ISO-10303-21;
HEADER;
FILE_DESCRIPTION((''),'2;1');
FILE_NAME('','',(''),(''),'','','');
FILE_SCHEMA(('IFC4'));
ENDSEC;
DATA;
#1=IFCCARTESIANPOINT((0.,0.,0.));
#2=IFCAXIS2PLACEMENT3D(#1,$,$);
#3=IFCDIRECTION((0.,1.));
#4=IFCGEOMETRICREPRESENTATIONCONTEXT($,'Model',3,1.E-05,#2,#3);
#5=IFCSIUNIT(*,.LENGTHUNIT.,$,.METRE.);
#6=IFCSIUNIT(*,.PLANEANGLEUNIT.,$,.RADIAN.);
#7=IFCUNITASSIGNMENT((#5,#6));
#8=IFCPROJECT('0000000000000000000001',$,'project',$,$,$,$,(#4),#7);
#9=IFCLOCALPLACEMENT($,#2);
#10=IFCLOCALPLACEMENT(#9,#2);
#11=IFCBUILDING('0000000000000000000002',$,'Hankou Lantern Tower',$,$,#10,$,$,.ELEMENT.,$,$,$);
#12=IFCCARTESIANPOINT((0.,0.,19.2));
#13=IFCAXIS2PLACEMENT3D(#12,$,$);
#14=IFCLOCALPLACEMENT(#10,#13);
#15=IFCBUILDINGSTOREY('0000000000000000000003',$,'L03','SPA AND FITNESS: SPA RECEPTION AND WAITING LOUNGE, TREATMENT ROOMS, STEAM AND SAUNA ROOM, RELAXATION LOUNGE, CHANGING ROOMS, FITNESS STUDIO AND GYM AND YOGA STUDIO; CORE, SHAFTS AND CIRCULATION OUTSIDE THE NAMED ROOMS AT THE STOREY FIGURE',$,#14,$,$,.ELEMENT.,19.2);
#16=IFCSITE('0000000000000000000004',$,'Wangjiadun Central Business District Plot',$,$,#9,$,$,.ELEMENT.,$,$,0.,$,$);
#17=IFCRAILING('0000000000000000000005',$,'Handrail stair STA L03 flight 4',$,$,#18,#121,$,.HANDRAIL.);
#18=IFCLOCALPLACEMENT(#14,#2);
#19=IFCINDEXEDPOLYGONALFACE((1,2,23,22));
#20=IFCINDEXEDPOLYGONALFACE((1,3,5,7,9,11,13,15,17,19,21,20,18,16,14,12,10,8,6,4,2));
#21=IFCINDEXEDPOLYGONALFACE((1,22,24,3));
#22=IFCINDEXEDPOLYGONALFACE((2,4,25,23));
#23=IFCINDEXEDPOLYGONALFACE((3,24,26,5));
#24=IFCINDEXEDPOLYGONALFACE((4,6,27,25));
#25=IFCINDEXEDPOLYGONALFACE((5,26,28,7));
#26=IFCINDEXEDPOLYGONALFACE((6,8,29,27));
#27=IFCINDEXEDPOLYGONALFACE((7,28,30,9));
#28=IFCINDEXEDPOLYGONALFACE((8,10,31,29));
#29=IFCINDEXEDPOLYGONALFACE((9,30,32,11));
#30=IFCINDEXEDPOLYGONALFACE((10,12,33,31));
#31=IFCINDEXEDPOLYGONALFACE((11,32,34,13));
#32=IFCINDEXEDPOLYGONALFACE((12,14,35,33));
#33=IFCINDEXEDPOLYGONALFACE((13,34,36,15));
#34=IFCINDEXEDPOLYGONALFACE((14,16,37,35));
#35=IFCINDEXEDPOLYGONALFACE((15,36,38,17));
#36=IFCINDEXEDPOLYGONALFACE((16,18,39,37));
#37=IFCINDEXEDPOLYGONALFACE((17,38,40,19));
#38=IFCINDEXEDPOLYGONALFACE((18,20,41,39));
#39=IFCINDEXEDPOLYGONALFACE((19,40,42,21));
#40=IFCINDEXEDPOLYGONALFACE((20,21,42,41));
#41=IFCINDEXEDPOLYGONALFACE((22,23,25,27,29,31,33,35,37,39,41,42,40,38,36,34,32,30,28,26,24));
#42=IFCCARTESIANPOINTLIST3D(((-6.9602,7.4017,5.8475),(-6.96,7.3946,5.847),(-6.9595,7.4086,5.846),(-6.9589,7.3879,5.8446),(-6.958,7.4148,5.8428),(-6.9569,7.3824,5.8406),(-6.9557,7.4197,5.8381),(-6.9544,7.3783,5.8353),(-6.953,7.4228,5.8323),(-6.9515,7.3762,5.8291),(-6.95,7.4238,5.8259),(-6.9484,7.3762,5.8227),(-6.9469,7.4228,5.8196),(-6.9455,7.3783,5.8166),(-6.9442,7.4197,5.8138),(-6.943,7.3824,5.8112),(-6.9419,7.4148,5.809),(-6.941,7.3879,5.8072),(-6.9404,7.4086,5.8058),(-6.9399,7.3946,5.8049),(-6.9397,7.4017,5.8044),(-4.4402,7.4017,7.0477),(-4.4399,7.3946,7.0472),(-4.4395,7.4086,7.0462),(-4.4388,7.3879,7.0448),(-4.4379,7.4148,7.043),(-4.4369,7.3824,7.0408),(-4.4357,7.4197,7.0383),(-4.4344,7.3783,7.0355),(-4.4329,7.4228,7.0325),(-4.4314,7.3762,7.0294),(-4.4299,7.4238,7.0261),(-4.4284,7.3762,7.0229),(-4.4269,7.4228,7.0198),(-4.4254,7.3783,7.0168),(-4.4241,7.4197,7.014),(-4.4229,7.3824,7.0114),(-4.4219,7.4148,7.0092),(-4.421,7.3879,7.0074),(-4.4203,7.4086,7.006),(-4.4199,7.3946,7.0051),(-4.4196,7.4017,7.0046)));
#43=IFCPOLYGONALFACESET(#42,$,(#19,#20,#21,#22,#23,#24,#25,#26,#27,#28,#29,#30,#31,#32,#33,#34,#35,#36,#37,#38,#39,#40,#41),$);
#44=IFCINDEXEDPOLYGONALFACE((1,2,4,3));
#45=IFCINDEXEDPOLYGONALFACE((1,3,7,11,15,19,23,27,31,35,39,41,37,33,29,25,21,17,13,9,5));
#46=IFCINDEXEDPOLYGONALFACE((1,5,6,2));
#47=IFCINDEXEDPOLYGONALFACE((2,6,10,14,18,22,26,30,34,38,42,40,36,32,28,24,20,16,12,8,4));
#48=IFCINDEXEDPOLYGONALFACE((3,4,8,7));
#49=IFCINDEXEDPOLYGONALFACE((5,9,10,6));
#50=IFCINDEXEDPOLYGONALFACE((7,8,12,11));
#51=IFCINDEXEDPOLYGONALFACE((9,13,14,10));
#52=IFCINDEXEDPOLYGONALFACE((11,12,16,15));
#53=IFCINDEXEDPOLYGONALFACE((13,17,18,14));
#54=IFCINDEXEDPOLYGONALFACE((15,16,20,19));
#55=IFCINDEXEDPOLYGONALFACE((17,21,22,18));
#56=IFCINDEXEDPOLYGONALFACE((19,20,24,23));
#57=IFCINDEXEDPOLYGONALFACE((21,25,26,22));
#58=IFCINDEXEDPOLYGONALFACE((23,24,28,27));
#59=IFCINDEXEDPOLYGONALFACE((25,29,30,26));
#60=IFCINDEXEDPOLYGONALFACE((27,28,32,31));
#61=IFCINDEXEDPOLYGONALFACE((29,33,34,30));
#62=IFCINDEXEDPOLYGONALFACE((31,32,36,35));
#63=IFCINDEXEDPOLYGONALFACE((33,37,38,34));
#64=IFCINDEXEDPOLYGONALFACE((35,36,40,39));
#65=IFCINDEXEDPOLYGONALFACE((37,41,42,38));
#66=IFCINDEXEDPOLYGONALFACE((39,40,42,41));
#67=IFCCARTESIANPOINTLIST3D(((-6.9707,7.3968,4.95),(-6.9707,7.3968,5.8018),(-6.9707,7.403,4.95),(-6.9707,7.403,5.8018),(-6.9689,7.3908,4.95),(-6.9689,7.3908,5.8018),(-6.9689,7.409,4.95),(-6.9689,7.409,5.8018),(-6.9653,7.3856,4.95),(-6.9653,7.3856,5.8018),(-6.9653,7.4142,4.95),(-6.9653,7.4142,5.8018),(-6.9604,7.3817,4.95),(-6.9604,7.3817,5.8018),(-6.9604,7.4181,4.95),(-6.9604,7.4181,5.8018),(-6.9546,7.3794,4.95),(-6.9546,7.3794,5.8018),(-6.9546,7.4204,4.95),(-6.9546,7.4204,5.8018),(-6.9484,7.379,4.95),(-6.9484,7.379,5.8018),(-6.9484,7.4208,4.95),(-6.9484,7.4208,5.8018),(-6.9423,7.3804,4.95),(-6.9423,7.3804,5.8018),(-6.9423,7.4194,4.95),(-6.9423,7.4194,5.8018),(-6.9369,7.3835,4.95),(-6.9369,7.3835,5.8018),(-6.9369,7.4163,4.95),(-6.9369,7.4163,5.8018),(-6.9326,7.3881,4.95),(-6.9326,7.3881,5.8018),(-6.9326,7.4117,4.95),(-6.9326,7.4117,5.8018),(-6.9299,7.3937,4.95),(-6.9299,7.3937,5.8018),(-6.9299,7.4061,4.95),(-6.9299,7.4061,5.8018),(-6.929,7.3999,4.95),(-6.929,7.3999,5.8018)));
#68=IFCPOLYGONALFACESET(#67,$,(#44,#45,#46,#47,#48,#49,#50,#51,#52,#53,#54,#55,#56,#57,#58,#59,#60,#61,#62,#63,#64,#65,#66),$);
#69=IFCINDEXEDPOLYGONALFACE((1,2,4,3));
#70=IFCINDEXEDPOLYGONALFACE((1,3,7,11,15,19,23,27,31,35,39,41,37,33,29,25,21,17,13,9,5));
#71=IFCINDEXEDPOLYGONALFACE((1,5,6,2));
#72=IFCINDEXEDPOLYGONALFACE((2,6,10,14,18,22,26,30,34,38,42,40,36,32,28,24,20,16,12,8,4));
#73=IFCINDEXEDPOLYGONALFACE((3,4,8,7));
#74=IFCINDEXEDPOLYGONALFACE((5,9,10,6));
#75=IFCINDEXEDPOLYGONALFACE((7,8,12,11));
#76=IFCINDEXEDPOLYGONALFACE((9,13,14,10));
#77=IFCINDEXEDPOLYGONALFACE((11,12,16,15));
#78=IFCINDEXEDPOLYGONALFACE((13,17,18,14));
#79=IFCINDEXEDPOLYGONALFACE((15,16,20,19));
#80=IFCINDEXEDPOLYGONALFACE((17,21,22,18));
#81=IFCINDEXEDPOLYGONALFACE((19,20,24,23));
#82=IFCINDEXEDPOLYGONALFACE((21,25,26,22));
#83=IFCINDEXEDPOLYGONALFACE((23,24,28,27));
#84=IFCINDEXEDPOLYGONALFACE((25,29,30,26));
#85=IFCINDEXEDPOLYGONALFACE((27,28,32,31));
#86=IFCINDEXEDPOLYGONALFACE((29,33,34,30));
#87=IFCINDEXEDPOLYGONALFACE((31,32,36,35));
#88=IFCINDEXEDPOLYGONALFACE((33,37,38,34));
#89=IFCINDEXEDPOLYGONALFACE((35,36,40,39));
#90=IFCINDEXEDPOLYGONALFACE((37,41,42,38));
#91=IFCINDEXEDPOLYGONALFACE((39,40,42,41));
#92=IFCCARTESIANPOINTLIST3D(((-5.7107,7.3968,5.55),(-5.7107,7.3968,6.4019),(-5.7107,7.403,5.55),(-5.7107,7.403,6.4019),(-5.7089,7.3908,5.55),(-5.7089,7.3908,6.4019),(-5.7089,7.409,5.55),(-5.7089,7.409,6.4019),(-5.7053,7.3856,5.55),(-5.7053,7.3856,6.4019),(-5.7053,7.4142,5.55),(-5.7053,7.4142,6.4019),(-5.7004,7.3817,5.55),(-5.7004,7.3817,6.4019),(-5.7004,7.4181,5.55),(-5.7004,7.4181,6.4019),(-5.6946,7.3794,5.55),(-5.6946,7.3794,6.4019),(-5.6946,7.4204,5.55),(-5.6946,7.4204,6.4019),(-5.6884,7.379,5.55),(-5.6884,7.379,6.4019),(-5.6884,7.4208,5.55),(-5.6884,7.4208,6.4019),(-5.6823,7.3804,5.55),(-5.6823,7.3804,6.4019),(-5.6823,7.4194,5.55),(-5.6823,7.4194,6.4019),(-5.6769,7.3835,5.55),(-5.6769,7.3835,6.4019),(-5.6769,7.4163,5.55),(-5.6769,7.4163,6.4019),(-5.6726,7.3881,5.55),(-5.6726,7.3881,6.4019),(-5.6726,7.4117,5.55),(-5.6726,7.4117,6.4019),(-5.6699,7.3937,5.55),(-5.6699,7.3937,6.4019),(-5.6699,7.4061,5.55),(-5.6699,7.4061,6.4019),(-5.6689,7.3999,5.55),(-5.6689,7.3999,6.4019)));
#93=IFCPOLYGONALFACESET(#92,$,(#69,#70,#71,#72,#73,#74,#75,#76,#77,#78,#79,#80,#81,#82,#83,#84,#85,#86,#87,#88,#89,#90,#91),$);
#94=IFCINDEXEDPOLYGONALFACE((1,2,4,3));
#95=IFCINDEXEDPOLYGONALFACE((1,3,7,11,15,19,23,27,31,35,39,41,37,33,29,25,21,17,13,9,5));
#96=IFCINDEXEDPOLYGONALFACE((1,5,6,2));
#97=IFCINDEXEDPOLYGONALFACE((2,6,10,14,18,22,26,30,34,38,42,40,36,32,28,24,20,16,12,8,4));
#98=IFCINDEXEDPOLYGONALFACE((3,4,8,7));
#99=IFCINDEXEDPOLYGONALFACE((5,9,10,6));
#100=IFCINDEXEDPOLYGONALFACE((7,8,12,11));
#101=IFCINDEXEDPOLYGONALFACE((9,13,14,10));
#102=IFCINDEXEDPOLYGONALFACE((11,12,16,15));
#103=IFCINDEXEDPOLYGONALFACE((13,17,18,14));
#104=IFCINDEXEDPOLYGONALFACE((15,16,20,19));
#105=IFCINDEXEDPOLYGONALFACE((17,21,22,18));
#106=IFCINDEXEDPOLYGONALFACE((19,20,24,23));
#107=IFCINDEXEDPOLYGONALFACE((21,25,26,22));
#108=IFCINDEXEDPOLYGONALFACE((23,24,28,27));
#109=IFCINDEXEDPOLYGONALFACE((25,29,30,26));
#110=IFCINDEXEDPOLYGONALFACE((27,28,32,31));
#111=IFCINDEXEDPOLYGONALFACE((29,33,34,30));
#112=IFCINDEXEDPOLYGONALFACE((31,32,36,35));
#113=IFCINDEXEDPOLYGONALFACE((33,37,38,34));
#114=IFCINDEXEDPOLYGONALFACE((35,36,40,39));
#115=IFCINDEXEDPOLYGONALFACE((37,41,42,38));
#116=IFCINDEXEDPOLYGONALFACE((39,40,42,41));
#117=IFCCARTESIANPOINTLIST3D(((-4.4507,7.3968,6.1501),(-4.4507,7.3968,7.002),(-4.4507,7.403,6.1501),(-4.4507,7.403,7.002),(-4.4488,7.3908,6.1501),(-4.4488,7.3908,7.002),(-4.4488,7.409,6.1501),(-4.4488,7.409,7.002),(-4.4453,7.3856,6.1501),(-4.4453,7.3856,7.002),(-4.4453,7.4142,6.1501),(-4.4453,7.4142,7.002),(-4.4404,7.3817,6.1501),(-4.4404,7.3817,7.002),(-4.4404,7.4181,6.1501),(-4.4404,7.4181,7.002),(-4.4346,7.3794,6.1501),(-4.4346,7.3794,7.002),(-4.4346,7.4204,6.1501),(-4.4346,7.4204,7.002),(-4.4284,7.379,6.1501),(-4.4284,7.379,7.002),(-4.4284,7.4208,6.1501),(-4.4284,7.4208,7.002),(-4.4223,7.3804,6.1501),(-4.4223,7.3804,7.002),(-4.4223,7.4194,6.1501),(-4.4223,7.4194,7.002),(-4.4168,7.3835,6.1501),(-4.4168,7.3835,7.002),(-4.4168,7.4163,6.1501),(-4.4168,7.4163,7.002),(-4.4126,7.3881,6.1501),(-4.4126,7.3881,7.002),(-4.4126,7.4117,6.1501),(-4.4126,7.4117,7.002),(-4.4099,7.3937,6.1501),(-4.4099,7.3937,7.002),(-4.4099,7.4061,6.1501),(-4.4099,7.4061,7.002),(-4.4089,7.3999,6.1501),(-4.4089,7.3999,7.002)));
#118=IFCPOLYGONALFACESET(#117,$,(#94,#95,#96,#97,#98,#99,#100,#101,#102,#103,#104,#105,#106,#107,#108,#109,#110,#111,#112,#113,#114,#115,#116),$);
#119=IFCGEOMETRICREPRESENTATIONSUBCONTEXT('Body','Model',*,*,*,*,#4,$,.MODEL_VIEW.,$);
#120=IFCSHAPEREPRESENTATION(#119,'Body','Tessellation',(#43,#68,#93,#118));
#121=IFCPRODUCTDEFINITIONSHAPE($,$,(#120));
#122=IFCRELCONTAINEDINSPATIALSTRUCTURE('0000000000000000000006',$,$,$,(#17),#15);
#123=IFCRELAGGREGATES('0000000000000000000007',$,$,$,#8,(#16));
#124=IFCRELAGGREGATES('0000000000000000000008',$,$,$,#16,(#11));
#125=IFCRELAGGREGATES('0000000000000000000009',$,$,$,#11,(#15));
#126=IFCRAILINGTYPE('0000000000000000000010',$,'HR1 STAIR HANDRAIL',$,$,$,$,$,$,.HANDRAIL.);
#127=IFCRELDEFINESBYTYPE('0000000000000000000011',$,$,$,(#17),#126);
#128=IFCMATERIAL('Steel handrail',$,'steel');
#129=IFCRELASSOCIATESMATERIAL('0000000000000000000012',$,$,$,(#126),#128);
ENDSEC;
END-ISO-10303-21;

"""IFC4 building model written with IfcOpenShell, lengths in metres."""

from ifc_helpers import new_model, si_unit, direction, frame, origin, origin_2d, place, context, subcontext, project, spatial, circle, extrude, material, type_object, element, save


model = new_model("IFC4")

# Units and contexts
model_context = context("Model", 3, precision=1e-05, world=origin(), true_north=direction((0.0, 1.0)))
body_context = subcontext(model_context, "Body", "Model", "MODEL_VIEW")
ifc_project = project(units=[si_unit("LENGTHUNIT", "METRE"), si_unit("PLANEANGLEUNIT", "RADIAN")], contexts=[model_context])

# Site, building, storey
site_placement = place(None, origin())
site = spatial("IfcSite", under=ifc_project, at=site_placement, Name="Wangjiadun Central Business District Plot", CompositionType="ELEMENT", RefElevation=0.0)
building_placement = place(site_placement, origin())
building = spatial("IfcBuilding", under=site, at=building_placement, Name="Hankou Lantern Tower", CompositionType="ELEMENT")
storey_placement = place(building_placement, frame((0.0, 0.0, 19.2)))
storey = spatial("IfcBuildingStorey", under=building, at=storey_placement, Name="L03", Description="SPA AND FITNESS: SPA RECEPTION AND WAITING LOUNGE, TREATMENT ROOMS, STEAM AND SAUNA ROOM, RELAXATION LOUNGE, CHANGING ROOMS, FITNESS STUDIO AND GYM AND YOGA STUDIO; CORE, SHAFTS AND CIRCULATION OUTSIDE THE NAMED ROOMS AT THE STOREY FIGURE", CompositionType="ELEMENT", Elevation=19.2)

# Railing
ifc_material_1 = material(Name="Steel handrail", Category="steel")
railing_type = type_object("IfcRailingType", Name="HR1 STAIR HANDRAIL", PredefinedType="HANDRAIL", material=ifc_material_1)
railing_1_placement = place(storey_placement, frame((-6.95, 7.3999, 4.95)))
element("IfcRailing", 1, at=railing_1_placement, inside=storey, type_object=railing_type, Name="Handrail stair STA L03 flight 4", PredefinedType="HANDRAIL", context=body_context, shape_type="SweptSolid", body=[
    extrude(circle(Radius=0.0239, at=origin_2d()), frame((0.0, 0.0, 0.876), z_axis=(0.902835, 0.0, 0.429988), x_axis=(0.0, 1.0, 0.0)), (0.0, 0.0, 1.0), 2.7913),
    extrude(circle(Radius=0.021, at=origin_2d()), origin(), (0.0, 0.0, 1.0), 0.8518),
    extrude(circle(Radius=0.021, at=origin_2d()), frame((1.26, 0.0, 0.6001)), (0.0, 0.0, 1.0), 0.8518),
    extrude(circle(Radius=0.021, at=origin_2d()), frame((2.52, 0.0, 1.2002)), (0.0, 0.0, 1.0), 0.8518),
])

save(model, "model.ifc")
